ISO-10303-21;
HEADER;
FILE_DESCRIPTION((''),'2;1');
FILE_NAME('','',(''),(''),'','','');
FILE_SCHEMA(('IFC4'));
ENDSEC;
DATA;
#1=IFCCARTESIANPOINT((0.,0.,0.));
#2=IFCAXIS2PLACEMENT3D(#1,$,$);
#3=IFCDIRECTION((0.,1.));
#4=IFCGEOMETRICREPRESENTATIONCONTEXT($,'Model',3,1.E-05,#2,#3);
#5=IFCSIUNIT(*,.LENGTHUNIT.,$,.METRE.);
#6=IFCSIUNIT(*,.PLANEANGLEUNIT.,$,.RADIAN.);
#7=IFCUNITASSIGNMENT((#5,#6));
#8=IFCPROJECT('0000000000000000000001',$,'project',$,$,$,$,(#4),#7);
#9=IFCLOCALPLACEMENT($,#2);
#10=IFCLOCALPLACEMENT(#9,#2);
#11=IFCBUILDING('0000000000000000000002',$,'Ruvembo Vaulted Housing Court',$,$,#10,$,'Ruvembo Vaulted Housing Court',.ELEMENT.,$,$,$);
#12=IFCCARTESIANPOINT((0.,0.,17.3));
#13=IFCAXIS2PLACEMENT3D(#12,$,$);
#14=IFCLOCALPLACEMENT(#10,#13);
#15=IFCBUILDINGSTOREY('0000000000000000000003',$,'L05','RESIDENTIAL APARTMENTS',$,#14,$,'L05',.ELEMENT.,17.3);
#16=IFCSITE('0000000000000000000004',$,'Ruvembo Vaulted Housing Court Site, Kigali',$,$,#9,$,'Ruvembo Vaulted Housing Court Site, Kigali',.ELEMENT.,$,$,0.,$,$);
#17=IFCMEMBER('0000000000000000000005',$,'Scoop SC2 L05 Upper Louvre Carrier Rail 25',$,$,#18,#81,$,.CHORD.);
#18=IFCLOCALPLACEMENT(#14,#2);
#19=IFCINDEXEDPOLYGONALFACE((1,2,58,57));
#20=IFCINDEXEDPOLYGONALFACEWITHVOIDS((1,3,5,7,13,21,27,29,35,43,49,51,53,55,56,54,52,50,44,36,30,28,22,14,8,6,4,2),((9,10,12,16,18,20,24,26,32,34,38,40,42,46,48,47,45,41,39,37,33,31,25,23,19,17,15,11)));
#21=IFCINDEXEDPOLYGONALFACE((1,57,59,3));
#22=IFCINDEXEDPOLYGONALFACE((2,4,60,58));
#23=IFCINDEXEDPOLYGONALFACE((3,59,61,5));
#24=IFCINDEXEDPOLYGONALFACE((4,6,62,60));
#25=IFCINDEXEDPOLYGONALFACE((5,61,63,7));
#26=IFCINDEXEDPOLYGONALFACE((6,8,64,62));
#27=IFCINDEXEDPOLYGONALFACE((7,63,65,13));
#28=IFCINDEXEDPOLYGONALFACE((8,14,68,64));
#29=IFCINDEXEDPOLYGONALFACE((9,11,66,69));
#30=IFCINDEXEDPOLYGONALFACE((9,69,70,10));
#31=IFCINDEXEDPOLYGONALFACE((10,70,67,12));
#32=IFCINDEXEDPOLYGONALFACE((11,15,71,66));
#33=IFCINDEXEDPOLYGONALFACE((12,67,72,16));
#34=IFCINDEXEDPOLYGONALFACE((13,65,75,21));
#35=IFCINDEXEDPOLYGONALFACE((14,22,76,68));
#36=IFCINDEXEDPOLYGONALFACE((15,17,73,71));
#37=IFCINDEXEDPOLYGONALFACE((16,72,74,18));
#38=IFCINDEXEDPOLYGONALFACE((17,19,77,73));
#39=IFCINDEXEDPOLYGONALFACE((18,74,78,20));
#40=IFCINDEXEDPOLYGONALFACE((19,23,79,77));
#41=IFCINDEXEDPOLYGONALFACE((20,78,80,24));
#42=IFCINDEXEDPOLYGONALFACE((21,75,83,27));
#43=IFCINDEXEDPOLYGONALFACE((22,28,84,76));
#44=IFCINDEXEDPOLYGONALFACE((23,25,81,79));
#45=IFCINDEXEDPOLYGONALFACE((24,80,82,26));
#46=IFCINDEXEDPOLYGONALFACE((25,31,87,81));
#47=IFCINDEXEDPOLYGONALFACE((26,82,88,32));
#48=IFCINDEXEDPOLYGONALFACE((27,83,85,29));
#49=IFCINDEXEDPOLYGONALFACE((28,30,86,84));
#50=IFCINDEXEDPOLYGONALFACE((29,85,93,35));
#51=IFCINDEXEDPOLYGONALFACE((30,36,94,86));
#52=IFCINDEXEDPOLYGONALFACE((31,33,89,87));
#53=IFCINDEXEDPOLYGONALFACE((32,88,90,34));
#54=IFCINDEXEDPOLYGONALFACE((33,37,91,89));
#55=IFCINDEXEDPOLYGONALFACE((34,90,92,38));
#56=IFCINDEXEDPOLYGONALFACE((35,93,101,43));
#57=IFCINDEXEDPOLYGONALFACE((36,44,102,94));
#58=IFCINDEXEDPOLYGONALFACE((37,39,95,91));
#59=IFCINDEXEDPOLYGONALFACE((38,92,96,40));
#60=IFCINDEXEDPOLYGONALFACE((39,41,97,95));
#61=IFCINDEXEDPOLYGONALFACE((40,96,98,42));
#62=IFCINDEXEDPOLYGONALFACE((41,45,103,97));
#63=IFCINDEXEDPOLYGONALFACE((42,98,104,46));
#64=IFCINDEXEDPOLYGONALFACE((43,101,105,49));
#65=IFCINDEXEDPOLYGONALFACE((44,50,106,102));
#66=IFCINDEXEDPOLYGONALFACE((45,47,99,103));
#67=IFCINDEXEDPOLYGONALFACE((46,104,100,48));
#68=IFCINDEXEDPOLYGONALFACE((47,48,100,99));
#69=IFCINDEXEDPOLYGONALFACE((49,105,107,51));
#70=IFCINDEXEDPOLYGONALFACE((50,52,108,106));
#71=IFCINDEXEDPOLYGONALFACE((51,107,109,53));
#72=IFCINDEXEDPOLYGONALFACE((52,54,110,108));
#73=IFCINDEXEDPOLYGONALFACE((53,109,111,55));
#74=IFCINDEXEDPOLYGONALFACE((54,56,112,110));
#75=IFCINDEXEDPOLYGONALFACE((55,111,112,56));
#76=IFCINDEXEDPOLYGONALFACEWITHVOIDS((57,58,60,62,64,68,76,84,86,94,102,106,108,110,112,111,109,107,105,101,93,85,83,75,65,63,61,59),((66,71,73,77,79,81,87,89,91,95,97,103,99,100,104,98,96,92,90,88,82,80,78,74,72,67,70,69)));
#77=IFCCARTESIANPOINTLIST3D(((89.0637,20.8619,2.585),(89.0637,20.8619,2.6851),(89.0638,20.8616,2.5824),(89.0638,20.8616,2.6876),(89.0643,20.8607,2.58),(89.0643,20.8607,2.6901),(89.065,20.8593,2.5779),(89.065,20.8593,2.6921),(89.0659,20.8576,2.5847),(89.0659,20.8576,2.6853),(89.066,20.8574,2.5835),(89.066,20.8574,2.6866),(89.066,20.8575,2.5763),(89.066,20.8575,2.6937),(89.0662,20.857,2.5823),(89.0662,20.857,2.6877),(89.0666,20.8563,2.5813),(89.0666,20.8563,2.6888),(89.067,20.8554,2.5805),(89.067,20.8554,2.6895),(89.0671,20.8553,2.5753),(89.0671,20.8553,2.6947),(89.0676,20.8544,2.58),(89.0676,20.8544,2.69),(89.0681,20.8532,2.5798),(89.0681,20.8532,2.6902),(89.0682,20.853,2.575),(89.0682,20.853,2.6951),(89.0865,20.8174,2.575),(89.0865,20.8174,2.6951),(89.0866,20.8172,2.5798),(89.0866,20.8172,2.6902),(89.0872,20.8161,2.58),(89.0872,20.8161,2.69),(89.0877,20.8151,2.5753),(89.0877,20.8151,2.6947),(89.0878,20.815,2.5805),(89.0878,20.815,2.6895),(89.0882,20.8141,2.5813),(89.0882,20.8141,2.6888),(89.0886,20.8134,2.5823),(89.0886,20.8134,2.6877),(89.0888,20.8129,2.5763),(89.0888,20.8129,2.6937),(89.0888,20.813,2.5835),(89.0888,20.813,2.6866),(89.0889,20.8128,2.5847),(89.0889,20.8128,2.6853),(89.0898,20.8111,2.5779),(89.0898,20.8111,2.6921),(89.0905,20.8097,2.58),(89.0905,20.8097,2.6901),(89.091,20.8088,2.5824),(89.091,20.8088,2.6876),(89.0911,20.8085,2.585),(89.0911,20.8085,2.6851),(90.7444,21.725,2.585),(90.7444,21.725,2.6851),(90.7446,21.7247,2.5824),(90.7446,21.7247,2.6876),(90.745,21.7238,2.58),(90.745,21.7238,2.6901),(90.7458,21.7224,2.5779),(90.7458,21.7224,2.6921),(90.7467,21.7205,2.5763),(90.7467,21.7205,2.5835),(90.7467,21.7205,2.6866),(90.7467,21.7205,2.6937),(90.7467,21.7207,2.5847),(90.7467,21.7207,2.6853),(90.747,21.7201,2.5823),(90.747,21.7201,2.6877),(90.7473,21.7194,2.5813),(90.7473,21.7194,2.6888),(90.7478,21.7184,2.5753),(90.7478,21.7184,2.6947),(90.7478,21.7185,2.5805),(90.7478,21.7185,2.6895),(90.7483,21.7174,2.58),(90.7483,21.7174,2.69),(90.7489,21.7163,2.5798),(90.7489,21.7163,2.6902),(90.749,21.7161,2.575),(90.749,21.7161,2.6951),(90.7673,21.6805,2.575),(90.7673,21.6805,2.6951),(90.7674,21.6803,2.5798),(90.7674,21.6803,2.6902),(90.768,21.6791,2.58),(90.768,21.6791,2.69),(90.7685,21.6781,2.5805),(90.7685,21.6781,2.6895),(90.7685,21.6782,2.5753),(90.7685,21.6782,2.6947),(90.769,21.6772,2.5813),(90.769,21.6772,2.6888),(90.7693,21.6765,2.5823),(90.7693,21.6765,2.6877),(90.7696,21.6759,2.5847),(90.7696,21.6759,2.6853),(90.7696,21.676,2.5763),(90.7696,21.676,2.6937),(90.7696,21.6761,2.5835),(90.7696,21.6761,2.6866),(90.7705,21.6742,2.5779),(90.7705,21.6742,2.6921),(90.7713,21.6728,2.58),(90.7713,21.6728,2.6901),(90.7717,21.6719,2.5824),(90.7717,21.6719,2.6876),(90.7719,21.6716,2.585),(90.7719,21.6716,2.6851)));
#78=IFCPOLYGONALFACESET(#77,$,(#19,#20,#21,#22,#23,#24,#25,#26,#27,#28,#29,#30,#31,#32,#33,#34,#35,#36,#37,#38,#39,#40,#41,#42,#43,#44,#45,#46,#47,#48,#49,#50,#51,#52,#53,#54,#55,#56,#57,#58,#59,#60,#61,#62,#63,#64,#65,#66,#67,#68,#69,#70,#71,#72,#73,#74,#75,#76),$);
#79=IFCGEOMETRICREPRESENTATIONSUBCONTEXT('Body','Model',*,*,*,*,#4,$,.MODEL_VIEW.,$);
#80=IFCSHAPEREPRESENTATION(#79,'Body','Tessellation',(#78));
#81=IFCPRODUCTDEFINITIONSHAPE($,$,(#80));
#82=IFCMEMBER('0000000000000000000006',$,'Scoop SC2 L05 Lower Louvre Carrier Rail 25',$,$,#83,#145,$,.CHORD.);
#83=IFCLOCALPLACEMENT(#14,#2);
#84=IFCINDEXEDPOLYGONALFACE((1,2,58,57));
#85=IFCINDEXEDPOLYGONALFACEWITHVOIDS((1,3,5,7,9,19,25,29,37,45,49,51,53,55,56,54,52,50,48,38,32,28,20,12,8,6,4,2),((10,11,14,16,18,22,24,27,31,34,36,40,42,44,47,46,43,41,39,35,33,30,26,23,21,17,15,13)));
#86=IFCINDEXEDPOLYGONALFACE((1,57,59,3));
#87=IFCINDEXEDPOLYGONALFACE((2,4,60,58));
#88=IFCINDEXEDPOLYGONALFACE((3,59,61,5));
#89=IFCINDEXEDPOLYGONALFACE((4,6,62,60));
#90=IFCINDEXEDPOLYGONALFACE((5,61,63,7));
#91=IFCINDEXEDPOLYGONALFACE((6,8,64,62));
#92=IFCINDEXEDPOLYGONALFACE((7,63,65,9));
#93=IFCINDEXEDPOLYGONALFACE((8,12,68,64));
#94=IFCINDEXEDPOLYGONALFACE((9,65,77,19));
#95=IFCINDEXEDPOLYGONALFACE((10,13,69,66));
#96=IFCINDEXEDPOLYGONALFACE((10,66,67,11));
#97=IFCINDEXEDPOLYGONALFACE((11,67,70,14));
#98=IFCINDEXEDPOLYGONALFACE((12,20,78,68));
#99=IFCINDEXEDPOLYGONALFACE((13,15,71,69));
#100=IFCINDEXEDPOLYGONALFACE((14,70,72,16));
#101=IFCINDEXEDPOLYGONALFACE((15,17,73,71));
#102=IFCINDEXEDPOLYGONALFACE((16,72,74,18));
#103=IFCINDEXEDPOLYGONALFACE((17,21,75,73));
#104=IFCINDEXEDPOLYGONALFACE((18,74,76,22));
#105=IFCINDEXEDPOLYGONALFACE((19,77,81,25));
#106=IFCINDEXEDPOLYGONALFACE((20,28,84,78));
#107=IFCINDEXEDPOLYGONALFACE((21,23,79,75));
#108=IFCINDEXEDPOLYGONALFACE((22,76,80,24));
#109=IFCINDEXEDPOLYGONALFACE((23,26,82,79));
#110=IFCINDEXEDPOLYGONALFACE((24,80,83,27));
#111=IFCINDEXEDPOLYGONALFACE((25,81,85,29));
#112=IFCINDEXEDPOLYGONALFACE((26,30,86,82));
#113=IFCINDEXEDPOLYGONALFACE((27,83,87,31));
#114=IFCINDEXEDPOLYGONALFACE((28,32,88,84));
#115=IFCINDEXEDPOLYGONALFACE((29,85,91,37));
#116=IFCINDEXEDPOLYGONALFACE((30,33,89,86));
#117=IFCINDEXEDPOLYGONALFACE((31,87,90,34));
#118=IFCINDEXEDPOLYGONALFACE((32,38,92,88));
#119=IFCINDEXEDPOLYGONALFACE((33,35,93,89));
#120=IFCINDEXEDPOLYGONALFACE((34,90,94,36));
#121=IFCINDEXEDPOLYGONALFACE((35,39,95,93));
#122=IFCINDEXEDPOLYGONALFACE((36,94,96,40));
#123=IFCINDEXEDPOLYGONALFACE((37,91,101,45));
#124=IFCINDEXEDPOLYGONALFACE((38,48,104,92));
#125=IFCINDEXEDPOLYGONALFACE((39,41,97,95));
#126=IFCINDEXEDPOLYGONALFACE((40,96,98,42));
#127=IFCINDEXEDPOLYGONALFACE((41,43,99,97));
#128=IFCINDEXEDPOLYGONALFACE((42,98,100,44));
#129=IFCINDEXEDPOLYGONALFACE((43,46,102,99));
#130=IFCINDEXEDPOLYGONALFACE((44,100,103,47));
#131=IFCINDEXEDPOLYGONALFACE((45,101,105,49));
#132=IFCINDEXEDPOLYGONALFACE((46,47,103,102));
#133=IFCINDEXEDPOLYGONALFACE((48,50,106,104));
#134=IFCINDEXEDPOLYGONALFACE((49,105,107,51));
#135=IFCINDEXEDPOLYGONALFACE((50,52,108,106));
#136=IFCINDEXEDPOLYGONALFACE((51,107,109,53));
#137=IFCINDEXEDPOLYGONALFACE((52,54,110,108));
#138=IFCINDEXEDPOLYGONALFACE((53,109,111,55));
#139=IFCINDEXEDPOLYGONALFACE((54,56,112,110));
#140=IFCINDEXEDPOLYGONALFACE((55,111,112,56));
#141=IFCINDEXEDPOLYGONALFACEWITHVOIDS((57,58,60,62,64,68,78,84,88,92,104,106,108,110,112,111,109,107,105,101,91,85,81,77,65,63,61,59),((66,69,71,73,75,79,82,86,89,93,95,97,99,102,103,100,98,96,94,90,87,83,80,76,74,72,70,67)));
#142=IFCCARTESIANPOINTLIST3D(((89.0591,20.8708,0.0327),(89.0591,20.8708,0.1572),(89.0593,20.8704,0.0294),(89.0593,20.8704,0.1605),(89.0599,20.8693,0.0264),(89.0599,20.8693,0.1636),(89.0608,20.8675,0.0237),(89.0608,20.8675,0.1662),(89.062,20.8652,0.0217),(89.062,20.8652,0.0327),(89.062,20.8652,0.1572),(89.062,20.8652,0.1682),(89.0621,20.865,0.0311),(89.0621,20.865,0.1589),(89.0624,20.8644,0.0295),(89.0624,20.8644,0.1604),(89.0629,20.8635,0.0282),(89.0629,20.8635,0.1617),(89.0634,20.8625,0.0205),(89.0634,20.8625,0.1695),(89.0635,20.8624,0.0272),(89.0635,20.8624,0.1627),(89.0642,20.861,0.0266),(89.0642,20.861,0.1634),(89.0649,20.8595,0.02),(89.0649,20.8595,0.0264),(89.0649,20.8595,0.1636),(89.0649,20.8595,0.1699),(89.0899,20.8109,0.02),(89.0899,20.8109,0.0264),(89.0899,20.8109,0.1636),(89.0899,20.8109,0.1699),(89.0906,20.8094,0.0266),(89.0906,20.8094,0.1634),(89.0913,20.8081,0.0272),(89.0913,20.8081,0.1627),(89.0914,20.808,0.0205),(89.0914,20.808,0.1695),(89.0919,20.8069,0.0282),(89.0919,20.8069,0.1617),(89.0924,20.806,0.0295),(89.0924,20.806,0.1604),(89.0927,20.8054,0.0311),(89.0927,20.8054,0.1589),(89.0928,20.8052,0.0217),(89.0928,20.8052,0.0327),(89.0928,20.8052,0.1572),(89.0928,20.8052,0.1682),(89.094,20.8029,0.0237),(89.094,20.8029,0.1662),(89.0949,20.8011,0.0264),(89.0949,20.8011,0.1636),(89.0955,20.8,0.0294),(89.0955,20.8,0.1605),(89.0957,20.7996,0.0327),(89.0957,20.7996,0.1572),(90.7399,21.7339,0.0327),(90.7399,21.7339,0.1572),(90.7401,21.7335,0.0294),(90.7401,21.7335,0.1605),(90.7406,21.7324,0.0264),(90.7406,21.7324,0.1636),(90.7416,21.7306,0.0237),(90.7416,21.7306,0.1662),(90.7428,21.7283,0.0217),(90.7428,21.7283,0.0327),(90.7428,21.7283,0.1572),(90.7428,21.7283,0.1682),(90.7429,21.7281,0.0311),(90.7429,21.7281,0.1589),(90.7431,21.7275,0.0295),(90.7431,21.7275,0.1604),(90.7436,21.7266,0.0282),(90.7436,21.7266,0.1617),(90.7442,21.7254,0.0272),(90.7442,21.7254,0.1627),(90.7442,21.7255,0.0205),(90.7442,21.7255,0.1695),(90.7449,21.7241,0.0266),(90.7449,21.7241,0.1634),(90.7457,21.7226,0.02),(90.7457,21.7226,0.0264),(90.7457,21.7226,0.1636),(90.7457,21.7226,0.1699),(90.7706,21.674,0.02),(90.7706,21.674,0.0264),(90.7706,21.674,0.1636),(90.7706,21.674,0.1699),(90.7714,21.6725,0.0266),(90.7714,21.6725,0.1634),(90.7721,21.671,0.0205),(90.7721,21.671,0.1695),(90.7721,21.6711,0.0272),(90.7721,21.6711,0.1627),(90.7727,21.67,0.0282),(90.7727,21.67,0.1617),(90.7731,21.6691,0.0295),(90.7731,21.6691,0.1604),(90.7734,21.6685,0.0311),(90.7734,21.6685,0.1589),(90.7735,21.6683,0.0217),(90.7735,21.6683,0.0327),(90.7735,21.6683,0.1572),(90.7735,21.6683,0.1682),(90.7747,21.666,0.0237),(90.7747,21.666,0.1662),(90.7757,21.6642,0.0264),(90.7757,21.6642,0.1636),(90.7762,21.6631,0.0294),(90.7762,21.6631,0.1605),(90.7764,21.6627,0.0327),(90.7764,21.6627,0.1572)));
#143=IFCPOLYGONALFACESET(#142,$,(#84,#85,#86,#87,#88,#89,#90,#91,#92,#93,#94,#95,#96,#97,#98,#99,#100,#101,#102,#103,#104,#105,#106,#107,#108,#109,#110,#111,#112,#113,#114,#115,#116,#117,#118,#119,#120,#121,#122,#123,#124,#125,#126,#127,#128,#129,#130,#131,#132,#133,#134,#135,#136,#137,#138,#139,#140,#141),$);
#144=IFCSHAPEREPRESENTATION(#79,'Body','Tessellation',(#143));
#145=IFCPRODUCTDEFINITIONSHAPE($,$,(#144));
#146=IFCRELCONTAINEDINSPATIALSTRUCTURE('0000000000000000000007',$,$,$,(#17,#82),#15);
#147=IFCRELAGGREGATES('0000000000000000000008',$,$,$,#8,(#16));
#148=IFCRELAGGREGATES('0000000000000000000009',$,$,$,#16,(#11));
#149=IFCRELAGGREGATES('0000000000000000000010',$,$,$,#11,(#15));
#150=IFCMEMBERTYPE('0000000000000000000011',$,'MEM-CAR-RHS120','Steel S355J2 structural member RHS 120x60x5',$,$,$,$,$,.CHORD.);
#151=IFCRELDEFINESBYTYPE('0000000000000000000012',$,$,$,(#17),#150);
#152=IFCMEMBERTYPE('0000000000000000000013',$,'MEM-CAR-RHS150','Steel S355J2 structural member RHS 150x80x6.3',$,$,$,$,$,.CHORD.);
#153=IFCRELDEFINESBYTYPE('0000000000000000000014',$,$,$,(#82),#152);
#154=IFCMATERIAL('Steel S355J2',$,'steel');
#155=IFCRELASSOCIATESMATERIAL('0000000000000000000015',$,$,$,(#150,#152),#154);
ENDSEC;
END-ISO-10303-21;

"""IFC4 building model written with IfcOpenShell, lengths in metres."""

from ifc_helpers import new_model, si_unit, direction, frame, origin, origin_2d, place, context, subcontext, project, spatial, hollow_rectangle, extrude, material, material_profile, profile_set, type_object, element, save


model = new_model("IFC4")

# Units and contexts
model_context = context("Model", 3, precision=1e-05, world=origin(), true_north=direction((0.0, 1.0)))
body_context = subcontext(model_context, "Body", "Model", "MODEL_VIEW")
ifc_project = project(units=[si_unit("LENGTHUNIT", "METRE"), si_unit("PLANEANGLEUNIT", "RADIAN")], contexts=[model_context])

# Site, building, storey
site_placement = place(None, origin())
site = spatial("IfcSite", under=ifc_project, at=site_placement, Name="Ruvembo Vaulted Housing Court Site, Kigali", LongName="Ruvembo Vaulted Housing Court Site, Kigali", CompositionType="ELEMENT", RefElevation=0.0)
building_placement = place(site_placement, origin())
building = spatial("IfcBuilding", under=site, at=building_placement, Name="Ruvembo Vaulted Housing Court", LongName="Ruvembo Vaulted Housing Court", CompositionType="ELEMENT")
storey_placement = place(building_placement, frame((0.0, 0.0, 17.3)))
storey = spatial("IfcBuildingStorey", under=building, at=storey_placement, Name="L05", Description="RESIDENTIAL APARTMENTS", LongName="L05", CompositionType="ELEMENT", Elevation=17.3)

# Shared definitions
ifc_material_1 = material(Name="Steel S355J2", Category="steel")

# Members
ifc_material_profile_1 = material_profile(ifc_material_1, hollow_rectangle(XDim=0.0601, YDim=0.1201, WallThickness=0.0049, InnerFilletRadius=0.0049, OuterFilletRadius=0.01, at=origin_2d()), Name="RHS 120x60x5")
ifc_profile_set_1 = profile_set([ifc_material_profile_1], Name="Steel S355J2")
member_type_1 = type_object("IfcMemberType", Name="MEM-CAR-RHS120", Description="Steel S355J2 structural member RHS 120x60x5", PredefinedType="CHORD", material=ifc_profile_set_1)
member_1_placement = place(storey_placement, frame((89.0774, 20.8352, 2.635), z_axis=(0.889568, 0.456802, 0.0), x_axis=(-0.456802, 0.889568, 0.0)))
element("IfcMember", 1, at=member_1_placement, inside=storey, type_object=member_type_1, Name="Scoop SC2 L05 Upper Louvre Carrier Rail 25", PredefinedType="CHORD", context=body_context, shape_type="SweptSolid", body=[
    extrude(hollow_rectangle(XDim=0.0601, YDim=0.1201, WallThickness=0.0049, InnerFilletRadius=0.0049, OuterFilletRadius=0.01, at=origin_2d()), origin(), (0.0, 0.0, 1.0), 1.8894),
])
ifc_material_profile_2 = material_profile(ifc_material_1, hollow_rectangle(XDim=0.0801, YDim=0.1499, WallThickness=0.0063, InnerFilletRadius=0.0063, OuterFilletRadius=0.0127, at=origin_2d()), Name="RHS 150x80x6.3")
ifc_profile_set_2 = profile_set([ifc_material_profile_2], Name="Steel S355J2")
member_type_2 = type_object("IfcMemberType", Name="MEM-CAR-RHS150", Description="Steel S355J2 structural member RHS 150x80x6.3", PredefinedType="CHORD", material=ifc_profile_set_2)
member_2_placement = place(storey_placement, frame((89.0774, 20.8352, 0.095), z_axis=(0.889568, 0.456802, 0.0), x_axis=(-0.456802, 0.889568, 0.0)))
element("IfcMember", 2, at=member_2_placement, inside=storey, type_object=member_type_2, Name="Scoop SC2 L05 Lower Louvre Carrier Rail 25", PredefinedType="CHORD", context=body_context, shape_type="SweptSolid", body=[
    extrude(hollow_rectangle(XDim=0.0801, YDim=0.1499, WallThickness=0.0063, InnerFilletRadius=0.0063, OuterFilletRadius=0.0127, at=origin_2d()), origin(), (0.0, 0.0, 1.0), 1.8894),
])

save(model, "model.ifc")
